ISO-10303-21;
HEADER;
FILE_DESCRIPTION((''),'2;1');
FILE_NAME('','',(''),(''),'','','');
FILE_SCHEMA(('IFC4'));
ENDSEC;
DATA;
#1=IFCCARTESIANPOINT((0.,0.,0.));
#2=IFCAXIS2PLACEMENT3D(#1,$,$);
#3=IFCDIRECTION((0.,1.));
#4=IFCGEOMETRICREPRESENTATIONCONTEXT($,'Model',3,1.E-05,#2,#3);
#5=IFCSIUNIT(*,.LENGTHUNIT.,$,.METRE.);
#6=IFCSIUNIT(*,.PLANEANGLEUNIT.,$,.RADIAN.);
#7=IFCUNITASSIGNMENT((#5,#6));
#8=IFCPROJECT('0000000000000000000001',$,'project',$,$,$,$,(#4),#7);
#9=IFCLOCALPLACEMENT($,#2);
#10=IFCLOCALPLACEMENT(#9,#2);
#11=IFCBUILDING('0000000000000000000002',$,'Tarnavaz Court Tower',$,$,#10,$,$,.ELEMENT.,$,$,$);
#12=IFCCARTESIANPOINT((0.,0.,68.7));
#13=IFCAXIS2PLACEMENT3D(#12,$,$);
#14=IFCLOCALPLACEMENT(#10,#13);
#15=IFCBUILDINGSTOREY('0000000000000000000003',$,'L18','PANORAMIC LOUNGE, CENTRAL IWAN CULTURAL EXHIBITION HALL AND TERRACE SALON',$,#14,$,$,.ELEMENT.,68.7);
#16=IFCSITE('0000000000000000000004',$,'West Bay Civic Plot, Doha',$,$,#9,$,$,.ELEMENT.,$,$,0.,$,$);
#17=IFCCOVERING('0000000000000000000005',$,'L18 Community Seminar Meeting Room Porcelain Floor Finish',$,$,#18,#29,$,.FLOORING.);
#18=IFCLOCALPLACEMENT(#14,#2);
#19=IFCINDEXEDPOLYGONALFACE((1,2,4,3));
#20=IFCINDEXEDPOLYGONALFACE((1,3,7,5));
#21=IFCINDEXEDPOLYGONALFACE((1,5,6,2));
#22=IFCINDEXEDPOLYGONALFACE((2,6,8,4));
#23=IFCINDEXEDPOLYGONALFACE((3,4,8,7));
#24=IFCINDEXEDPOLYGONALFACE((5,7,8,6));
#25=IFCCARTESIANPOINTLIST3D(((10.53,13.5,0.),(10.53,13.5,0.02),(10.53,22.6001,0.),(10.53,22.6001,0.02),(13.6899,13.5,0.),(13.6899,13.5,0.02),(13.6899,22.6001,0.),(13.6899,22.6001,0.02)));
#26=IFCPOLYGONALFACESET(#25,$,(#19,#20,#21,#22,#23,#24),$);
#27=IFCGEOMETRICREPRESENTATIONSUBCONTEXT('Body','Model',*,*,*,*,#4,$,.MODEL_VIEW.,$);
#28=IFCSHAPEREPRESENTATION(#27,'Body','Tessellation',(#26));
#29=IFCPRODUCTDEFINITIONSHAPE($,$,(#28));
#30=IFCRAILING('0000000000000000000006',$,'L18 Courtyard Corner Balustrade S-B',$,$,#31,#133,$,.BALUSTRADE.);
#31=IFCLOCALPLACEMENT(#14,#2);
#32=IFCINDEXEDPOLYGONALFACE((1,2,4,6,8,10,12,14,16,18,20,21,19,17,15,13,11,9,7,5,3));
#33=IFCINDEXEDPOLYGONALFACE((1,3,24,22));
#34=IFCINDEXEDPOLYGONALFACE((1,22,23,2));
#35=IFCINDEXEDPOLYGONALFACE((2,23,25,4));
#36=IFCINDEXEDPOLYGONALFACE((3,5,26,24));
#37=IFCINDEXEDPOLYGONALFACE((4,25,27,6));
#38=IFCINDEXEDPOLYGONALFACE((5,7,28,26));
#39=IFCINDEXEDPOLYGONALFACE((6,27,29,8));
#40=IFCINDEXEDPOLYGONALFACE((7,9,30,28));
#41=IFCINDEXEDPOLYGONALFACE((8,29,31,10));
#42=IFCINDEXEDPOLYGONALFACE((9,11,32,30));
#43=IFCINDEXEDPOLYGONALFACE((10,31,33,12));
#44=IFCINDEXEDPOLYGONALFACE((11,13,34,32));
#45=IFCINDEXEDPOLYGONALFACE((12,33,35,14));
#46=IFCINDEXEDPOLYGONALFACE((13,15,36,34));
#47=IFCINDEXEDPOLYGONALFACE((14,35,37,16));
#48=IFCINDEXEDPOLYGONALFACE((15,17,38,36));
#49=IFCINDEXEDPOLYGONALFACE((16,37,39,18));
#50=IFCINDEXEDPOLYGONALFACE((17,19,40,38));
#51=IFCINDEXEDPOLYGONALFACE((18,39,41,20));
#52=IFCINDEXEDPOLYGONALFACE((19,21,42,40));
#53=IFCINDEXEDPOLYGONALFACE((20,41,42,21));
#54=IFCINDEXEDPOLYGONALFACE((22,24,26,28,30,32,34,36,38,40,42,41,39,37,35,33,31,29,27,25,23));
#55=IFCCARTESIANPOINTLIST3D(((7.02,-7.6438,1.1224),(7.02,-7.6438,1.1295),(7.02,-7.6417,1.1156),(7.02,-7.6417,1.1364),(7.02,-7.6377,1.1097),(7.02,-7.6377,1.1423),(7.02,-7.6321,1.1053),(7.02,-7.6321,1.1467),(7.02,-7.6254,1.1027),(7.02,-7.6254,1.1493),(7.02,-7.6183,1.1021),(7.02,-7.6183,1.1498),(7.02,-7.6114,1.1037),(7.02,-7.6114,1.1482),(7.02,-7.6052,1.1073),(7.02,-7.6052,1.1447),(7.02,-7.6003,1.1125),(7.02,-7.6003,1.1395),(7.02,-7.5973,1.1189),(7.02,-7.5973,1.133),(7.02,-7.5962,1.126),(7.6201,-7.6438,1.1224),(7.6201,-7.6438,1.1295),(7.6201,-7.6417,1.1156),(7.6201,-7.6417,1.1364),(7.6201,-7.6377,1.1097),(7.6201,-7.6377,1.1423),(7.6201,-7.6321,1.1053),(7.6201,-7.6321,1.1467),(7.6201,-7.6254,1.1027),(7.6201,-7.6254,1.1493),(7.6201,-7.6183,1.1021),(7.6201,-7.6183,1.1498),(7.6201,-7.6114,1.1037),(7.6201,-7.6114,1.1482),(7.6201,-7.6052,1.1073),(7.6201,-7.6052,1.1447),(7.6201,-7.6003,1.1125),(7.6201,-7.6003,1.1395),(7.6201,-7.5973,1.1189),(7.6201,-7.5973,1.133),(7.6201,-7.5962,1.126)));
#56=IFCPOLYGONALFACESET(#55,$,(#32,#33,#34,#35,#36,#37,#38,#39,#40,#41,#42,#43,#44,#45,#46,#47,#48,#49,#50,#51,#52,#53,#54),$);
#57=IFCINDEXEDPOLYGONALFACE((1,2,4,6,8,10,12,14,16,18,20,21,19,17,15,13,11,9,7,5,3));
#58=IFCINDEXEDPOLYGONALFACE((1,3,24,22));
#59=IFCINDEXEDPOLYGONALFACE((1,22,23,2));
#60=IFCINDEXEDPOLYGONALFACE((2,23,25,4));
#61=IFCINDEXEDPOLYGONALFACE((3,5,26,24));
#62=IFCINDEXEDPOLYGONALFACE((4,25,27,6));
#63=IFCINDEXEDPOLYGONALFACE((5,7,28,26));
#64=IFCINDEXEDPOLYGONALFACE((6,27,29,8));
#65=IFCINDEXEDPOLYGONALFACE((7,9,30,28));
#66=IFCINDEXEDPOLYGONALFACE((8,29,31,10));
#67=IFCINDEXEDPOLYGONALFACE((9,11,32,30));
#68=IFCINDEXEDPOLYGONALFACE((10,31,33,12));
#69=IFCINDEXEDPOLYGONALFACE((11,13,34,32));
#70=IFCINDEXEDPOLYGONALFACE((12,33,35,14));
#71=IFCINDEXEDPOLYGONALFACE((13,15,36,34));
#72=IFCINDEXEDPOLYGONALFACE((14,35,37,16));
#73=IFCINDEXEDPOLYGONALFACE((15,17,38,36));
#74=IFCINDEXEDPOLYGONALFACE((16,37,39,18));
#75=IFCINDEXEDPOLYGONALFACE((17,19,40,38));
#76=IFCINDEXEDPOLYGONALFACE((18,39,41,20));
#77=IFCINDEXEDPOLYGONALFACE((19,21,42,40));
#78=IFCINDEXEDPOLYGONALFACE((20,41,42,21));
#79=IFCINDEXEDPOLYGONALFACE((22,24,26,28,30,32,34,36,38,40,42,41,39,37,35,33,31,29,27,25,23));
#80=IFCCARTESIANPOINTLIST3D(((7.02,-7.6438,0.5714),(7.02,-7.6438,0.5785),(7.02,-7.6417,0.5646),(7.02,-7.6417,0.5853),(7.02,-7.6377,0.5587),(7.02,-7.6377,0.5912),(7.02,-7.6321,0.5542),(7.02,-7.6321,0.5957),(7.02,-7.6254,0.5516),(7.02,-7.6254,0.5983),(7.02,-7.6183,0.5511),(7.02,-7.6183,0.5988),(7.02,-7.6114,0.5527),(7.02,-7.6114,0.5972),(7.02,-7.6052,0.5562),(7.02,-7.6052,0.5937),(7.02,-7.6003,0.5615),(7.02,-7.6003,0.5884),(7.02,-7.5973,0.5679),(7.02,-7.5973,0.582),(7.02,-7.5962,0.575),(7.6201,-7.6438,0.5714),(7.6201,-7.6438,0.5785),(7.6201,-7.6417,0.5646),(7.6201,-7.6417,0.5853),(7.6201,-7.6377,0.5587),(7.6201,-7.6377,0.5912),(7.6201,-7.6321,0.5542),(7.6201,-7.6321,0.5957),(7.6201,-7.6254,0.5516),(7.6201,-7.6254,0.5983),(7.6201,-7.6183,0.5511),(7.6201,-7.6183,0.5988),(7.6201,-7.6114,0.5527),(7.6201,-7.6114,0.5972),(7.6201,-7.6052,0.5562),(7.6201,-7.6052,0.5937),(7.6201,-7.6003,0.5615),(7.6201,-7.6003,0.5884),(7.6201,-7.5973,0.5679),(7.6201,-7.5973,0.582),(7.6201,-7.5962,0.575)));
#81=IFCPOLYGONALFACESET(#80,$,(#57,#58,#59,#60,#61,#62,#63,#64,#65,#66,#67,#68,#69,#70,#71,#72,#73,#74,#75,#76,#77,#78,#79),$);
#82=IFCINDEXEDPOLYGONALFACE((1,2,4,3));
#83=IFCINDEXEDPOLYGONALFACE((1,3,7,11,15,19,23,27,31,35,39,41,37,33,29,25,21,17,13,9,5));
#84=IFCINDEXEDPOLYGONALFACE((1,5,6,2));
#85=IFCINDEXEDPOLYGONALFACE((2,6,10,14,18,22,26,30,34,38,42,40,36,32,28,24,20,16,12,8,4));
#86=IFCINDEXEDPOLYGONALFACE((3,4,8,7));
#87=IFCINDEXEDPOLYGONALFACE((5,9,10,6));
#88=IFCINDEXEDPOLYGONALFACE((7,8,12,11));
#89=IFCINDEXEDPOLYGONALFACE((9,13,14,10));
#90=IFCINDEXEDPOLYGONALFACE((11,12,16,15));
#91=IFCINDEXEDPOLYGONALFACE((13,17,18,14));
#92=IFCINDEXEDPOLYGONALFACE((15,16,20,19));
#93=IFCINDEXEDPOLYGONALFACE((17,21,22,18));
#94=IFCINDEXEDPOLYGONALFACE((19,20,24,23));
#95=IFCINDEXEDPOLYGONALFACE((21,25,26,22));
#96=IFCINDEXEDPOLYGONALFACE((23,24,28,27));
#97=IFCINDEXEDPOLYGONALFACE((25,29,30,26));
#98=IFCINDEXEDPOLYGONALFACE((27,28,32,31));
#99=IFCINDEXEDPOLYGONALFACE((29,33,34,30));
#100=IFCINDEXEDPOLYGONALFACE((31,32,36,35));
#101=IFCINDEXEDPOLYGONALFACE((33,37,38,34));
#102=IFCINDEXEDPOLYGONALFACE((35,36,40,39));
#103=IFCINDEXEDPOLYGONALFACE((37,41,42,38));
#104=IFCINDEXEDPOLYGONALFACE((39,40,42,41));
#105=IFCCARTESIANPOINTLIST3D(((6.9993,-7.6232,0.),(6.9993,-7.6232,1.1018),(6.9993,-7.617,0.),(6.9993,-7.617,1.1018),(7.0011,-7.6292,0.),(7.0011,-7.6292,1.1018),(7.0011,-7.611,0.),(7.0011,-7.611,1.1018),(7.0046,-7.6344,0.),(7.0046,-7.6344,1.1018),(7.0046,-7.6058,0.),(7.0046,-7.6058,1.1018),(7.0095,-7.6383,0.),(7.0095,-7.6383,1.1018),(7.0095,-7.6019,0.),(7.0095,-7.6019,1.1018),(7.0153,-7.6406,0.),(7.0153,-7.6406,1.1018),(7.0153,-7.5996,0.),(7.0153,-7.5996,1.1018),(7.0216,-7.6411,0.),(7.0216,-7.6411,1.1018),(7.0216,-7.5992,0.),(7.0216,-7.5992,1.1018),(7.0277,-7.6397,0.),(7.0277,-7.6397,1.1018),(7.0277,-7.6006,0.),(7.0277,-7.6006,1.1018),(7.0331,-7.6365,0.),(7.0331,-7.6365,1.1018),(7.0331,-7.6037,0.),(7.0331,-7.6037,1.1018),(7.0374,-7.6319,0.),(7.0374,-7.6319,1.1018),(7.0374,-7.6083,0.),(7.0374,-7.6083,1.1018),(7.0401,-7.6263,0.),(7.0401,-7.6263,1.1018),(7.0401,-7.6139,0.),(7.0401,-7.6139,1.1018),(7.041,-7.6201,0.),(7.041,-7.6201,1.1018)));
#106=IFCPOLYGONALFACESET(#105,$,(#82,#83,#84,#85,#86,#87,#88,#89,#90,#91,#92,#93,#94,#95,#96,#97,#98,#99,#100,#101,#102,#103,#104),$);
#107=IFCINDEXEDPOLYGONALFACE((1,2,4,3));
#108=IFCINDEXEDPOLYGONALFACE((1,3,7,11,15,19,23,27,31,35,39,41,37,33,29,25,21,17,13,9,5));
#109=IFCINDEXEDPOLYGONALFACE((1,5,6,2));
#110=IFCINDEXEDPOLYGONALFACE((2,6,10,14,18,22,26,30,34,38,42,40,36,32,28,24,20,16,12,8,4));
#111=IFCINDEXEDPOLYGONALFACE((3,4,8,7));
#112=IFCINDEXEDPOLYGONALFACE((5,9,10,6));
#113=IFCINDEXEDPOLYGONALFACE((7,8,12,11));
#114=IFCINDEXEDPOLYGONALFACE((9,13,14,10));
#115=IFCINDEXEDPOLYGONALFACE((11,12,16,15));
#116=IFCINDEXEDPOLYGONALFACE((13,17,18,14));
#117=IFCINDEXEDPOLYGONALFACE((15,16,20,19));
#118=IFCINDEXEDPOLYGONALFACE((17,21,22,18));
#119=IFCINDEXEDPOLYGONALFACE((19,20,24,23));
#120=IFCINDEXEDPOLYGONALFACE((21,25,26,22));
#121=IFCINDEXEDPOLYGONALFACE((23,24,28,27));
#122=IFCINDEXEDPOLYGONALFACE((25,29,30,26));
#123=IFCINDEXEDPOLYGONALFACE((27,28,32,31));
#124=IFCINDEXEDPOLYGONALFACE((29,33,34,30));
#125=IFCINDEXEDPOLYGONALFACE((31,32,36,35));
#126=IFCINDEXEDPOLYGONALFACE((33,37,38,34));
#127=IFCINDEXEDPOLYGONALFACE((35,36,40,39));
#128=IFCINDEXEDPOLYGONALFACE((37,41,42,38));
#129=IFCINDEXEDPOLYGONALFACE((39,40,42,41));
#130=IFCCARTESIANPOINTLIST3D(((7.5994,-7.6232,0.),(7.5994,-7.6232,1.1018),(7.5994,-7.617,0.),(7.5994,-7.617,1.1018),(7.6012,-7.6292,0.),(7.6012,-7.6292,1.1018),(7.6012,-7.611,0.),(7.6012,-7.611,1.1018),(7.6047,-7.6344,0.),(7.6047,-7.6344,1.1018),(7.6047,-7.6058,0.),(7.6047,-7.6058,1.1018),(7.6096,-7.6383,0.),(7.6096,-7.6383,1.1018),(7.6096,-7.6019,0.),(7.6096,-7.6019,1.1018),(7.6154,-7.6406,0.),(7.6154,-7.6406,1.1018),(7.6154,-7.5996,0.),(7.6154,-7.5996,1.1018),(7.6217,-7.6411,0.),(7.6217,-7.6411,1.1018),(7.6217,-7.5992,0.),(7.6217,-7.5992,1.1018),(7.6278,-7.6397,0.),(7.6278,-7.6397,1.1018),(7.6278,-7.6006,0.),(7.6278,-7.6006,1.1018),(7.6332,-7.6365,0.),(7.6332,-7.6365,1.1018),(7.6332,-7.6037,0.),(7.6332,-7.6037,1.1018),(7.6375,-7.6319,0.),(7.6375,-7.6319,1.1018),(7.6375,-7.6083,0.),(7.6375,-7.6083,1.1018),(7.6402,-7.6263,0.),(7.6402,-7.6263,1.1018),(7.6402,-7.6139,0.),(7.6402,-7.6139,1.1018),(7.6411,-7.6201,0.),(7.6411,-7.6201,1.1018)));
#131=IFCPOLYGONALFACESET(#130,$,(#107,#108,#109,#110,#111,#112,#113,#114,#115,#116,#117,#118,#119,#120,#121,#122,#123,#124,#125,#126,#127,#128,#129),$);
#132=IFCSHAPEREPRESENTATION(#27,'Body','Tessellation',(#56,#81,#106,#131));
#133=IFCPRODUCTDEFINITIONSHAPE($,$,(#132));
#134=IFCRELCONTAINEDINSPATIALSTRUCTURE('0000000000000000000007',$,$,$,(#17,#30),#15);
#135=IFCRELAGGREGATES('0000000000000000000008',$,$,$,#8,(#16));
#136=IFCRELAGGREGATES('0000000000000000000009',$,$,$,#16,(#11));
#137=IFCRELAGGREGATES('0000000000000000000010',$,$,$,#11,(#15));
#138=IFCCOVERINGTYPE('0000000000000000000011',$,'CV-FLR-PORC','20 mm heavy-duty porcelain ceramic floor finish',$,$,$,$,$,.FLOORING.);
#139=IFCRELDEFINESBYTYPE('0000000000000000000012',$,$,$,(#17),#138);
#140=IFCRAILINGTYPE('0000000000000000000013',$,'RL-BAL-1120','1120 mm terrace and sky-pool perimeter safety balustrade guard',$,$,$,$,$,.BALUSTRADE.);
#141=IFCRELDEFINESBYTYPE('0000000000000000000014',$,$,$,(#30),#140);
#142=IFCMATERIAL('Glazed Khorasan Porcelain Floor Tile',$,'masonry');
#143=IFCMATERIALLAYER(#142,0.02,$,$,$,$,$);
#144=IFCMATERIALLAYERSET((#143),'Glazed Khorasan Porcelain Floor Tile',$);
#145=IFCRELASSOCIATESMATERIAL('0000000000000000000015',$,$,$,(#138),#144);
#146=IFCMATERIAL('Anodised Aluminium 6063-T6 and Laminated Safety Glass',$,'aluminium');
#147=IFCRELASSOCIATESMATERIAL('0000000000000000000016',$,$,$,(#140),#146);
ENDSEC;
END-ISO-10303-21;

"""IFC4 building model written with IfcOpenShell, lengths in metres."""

from ifc_helpers import new_model, si_unit, direction, frame, origin, origin_2d, place, context, subcontext, project, spatial, polyline, circle, outline, extrude, material, layer, layer_set, type_object, element, save


model = new_model("IFC4")

# Units and contexts
model_context = context("Model", 3, precision=1e-05, world=origin(), true_north=direction((0.0, 1.0)))
body_context = subcontext(model_context, "Body", "Model", "MODEL_VIEW")
ifc_project = project(units=[si_unit("LENGTHUNIT", "METRE"), si_unit("PLANEANGLEUNIT", "RADIAN")], contexts=[model_context])

# Site, building, storey
site_placement = place(None, origin())
site = spatial("IfcSite", under=ifc_project, at=site_placement, Name="West Bay Civic Plot, Doha", CompositionType="ELEMENT", RefElevation=0.0)
building_placement = place(site_placement, origin())
building = spatial("IfcBuilding", under=site, at=building_placement, Name="Tarnavaz Court Tower", CompositionType="ELEMENT")
storey_placement = place(building_placement, frame((0.0, 0.0, 68.7)))
storey = spatial("IfcBuildingStorey", under=building, at=storey_placement, Name="L18", Description="PANORAMIC LOUNGE, CENTRAL IWAN CULTURAL EXHIBITION HALL AND TERRACE SALON", CompositionType="ELEMENT", Elevation=68.7)

# Covering
ifc_material_1 = material(Name="Glazed Khorasan Porcelain Floor Tile", Category="masonry")
ifc_layer_1 = layer(ifc_material_1, 0.02)
ifc_layer_set_1 = layer_set([ifc_layer_1], Name="Glazed Khorasan Porcelain Floor Tile")
covering_type_1 = type_object("IfcCoveringType", Name="CV-FLR-PORC", Description="20 mm heavy-duty porcelain ceramic floor finish", PredefinedType="FLOORING", material=ifc_layer_set_1)
covering_1_placement = place(storey_placement, origin())
element("IfcCovering", 1, at=covering_1_placement, inside=storey, type_object=covering_type_1, Name="L18 Community Seminar Meeting Room Porcelain Floor Finish", PredefinedType="FLOORING", context=body_context, shape_type="SweptSolid", body=[
    extrude(outline(polyline([(10.53, 13.5), (13.6899, 13.5), (13.6899, 22.6001), (10.53, 22.6001), (10.53, 13.5)])), origin(), (0.0, 0.0, 1.0), 0.02),
])

# Railing
ifc_material_2 = material(Name="Anodised Aluminium 6063-T6 and Laminated Safety Glass", Category="aluminium")
railing_type = type_object("IfcRailingType", Name="RL-BAL-1120", Description="1120 mm terrace and sky-pool perimeter safety balustrade guard", PredefinedType="BALUSTRADE", material=ifc_material_2)
railing_placement = place(storey_placement, frame((7.02, -7.6201, 0.0)))
element("IfcRailing", 2, at=railing_placement, inside=storey, type_object=railing_type, Name="L18 Courtyard Corner Balustrade S-B", PredefinedType="BALUSTRADE", context=body_context, shape_type="SweptSolid", body=[
    extrude(circle(Radius=0.0239, at=origin_2d()), frame((0.0, 0.0, 1.126), z_axis=(1.0, 0.0, 0.0), x_axis=(0.0, 1.0, 0.0)), (0.0, 0.0, 1.0), 0.6001),
    extrude(circle(Radius=0.0239, at=origin_2d()), frame((0.0, 0.0, 0.575), z_axis=(1.0, 0.0, 0.0), x_axis=(0.0, 1.0, 0.0)), (0.0, 0.0, 1.0), 0.6001),
    extrude(circle(Radius=0.021, at=origin_2d()), origin(), (0.0, 0.0, 1.0), 1.1018),
    extrude(circle(Radius=0.021, at=origin_2d()), frame((0.6001, 0.0, 0.0)), (0.0, 0.0, 1.0), 1.1018),
])

save(model, "model.ifc")
